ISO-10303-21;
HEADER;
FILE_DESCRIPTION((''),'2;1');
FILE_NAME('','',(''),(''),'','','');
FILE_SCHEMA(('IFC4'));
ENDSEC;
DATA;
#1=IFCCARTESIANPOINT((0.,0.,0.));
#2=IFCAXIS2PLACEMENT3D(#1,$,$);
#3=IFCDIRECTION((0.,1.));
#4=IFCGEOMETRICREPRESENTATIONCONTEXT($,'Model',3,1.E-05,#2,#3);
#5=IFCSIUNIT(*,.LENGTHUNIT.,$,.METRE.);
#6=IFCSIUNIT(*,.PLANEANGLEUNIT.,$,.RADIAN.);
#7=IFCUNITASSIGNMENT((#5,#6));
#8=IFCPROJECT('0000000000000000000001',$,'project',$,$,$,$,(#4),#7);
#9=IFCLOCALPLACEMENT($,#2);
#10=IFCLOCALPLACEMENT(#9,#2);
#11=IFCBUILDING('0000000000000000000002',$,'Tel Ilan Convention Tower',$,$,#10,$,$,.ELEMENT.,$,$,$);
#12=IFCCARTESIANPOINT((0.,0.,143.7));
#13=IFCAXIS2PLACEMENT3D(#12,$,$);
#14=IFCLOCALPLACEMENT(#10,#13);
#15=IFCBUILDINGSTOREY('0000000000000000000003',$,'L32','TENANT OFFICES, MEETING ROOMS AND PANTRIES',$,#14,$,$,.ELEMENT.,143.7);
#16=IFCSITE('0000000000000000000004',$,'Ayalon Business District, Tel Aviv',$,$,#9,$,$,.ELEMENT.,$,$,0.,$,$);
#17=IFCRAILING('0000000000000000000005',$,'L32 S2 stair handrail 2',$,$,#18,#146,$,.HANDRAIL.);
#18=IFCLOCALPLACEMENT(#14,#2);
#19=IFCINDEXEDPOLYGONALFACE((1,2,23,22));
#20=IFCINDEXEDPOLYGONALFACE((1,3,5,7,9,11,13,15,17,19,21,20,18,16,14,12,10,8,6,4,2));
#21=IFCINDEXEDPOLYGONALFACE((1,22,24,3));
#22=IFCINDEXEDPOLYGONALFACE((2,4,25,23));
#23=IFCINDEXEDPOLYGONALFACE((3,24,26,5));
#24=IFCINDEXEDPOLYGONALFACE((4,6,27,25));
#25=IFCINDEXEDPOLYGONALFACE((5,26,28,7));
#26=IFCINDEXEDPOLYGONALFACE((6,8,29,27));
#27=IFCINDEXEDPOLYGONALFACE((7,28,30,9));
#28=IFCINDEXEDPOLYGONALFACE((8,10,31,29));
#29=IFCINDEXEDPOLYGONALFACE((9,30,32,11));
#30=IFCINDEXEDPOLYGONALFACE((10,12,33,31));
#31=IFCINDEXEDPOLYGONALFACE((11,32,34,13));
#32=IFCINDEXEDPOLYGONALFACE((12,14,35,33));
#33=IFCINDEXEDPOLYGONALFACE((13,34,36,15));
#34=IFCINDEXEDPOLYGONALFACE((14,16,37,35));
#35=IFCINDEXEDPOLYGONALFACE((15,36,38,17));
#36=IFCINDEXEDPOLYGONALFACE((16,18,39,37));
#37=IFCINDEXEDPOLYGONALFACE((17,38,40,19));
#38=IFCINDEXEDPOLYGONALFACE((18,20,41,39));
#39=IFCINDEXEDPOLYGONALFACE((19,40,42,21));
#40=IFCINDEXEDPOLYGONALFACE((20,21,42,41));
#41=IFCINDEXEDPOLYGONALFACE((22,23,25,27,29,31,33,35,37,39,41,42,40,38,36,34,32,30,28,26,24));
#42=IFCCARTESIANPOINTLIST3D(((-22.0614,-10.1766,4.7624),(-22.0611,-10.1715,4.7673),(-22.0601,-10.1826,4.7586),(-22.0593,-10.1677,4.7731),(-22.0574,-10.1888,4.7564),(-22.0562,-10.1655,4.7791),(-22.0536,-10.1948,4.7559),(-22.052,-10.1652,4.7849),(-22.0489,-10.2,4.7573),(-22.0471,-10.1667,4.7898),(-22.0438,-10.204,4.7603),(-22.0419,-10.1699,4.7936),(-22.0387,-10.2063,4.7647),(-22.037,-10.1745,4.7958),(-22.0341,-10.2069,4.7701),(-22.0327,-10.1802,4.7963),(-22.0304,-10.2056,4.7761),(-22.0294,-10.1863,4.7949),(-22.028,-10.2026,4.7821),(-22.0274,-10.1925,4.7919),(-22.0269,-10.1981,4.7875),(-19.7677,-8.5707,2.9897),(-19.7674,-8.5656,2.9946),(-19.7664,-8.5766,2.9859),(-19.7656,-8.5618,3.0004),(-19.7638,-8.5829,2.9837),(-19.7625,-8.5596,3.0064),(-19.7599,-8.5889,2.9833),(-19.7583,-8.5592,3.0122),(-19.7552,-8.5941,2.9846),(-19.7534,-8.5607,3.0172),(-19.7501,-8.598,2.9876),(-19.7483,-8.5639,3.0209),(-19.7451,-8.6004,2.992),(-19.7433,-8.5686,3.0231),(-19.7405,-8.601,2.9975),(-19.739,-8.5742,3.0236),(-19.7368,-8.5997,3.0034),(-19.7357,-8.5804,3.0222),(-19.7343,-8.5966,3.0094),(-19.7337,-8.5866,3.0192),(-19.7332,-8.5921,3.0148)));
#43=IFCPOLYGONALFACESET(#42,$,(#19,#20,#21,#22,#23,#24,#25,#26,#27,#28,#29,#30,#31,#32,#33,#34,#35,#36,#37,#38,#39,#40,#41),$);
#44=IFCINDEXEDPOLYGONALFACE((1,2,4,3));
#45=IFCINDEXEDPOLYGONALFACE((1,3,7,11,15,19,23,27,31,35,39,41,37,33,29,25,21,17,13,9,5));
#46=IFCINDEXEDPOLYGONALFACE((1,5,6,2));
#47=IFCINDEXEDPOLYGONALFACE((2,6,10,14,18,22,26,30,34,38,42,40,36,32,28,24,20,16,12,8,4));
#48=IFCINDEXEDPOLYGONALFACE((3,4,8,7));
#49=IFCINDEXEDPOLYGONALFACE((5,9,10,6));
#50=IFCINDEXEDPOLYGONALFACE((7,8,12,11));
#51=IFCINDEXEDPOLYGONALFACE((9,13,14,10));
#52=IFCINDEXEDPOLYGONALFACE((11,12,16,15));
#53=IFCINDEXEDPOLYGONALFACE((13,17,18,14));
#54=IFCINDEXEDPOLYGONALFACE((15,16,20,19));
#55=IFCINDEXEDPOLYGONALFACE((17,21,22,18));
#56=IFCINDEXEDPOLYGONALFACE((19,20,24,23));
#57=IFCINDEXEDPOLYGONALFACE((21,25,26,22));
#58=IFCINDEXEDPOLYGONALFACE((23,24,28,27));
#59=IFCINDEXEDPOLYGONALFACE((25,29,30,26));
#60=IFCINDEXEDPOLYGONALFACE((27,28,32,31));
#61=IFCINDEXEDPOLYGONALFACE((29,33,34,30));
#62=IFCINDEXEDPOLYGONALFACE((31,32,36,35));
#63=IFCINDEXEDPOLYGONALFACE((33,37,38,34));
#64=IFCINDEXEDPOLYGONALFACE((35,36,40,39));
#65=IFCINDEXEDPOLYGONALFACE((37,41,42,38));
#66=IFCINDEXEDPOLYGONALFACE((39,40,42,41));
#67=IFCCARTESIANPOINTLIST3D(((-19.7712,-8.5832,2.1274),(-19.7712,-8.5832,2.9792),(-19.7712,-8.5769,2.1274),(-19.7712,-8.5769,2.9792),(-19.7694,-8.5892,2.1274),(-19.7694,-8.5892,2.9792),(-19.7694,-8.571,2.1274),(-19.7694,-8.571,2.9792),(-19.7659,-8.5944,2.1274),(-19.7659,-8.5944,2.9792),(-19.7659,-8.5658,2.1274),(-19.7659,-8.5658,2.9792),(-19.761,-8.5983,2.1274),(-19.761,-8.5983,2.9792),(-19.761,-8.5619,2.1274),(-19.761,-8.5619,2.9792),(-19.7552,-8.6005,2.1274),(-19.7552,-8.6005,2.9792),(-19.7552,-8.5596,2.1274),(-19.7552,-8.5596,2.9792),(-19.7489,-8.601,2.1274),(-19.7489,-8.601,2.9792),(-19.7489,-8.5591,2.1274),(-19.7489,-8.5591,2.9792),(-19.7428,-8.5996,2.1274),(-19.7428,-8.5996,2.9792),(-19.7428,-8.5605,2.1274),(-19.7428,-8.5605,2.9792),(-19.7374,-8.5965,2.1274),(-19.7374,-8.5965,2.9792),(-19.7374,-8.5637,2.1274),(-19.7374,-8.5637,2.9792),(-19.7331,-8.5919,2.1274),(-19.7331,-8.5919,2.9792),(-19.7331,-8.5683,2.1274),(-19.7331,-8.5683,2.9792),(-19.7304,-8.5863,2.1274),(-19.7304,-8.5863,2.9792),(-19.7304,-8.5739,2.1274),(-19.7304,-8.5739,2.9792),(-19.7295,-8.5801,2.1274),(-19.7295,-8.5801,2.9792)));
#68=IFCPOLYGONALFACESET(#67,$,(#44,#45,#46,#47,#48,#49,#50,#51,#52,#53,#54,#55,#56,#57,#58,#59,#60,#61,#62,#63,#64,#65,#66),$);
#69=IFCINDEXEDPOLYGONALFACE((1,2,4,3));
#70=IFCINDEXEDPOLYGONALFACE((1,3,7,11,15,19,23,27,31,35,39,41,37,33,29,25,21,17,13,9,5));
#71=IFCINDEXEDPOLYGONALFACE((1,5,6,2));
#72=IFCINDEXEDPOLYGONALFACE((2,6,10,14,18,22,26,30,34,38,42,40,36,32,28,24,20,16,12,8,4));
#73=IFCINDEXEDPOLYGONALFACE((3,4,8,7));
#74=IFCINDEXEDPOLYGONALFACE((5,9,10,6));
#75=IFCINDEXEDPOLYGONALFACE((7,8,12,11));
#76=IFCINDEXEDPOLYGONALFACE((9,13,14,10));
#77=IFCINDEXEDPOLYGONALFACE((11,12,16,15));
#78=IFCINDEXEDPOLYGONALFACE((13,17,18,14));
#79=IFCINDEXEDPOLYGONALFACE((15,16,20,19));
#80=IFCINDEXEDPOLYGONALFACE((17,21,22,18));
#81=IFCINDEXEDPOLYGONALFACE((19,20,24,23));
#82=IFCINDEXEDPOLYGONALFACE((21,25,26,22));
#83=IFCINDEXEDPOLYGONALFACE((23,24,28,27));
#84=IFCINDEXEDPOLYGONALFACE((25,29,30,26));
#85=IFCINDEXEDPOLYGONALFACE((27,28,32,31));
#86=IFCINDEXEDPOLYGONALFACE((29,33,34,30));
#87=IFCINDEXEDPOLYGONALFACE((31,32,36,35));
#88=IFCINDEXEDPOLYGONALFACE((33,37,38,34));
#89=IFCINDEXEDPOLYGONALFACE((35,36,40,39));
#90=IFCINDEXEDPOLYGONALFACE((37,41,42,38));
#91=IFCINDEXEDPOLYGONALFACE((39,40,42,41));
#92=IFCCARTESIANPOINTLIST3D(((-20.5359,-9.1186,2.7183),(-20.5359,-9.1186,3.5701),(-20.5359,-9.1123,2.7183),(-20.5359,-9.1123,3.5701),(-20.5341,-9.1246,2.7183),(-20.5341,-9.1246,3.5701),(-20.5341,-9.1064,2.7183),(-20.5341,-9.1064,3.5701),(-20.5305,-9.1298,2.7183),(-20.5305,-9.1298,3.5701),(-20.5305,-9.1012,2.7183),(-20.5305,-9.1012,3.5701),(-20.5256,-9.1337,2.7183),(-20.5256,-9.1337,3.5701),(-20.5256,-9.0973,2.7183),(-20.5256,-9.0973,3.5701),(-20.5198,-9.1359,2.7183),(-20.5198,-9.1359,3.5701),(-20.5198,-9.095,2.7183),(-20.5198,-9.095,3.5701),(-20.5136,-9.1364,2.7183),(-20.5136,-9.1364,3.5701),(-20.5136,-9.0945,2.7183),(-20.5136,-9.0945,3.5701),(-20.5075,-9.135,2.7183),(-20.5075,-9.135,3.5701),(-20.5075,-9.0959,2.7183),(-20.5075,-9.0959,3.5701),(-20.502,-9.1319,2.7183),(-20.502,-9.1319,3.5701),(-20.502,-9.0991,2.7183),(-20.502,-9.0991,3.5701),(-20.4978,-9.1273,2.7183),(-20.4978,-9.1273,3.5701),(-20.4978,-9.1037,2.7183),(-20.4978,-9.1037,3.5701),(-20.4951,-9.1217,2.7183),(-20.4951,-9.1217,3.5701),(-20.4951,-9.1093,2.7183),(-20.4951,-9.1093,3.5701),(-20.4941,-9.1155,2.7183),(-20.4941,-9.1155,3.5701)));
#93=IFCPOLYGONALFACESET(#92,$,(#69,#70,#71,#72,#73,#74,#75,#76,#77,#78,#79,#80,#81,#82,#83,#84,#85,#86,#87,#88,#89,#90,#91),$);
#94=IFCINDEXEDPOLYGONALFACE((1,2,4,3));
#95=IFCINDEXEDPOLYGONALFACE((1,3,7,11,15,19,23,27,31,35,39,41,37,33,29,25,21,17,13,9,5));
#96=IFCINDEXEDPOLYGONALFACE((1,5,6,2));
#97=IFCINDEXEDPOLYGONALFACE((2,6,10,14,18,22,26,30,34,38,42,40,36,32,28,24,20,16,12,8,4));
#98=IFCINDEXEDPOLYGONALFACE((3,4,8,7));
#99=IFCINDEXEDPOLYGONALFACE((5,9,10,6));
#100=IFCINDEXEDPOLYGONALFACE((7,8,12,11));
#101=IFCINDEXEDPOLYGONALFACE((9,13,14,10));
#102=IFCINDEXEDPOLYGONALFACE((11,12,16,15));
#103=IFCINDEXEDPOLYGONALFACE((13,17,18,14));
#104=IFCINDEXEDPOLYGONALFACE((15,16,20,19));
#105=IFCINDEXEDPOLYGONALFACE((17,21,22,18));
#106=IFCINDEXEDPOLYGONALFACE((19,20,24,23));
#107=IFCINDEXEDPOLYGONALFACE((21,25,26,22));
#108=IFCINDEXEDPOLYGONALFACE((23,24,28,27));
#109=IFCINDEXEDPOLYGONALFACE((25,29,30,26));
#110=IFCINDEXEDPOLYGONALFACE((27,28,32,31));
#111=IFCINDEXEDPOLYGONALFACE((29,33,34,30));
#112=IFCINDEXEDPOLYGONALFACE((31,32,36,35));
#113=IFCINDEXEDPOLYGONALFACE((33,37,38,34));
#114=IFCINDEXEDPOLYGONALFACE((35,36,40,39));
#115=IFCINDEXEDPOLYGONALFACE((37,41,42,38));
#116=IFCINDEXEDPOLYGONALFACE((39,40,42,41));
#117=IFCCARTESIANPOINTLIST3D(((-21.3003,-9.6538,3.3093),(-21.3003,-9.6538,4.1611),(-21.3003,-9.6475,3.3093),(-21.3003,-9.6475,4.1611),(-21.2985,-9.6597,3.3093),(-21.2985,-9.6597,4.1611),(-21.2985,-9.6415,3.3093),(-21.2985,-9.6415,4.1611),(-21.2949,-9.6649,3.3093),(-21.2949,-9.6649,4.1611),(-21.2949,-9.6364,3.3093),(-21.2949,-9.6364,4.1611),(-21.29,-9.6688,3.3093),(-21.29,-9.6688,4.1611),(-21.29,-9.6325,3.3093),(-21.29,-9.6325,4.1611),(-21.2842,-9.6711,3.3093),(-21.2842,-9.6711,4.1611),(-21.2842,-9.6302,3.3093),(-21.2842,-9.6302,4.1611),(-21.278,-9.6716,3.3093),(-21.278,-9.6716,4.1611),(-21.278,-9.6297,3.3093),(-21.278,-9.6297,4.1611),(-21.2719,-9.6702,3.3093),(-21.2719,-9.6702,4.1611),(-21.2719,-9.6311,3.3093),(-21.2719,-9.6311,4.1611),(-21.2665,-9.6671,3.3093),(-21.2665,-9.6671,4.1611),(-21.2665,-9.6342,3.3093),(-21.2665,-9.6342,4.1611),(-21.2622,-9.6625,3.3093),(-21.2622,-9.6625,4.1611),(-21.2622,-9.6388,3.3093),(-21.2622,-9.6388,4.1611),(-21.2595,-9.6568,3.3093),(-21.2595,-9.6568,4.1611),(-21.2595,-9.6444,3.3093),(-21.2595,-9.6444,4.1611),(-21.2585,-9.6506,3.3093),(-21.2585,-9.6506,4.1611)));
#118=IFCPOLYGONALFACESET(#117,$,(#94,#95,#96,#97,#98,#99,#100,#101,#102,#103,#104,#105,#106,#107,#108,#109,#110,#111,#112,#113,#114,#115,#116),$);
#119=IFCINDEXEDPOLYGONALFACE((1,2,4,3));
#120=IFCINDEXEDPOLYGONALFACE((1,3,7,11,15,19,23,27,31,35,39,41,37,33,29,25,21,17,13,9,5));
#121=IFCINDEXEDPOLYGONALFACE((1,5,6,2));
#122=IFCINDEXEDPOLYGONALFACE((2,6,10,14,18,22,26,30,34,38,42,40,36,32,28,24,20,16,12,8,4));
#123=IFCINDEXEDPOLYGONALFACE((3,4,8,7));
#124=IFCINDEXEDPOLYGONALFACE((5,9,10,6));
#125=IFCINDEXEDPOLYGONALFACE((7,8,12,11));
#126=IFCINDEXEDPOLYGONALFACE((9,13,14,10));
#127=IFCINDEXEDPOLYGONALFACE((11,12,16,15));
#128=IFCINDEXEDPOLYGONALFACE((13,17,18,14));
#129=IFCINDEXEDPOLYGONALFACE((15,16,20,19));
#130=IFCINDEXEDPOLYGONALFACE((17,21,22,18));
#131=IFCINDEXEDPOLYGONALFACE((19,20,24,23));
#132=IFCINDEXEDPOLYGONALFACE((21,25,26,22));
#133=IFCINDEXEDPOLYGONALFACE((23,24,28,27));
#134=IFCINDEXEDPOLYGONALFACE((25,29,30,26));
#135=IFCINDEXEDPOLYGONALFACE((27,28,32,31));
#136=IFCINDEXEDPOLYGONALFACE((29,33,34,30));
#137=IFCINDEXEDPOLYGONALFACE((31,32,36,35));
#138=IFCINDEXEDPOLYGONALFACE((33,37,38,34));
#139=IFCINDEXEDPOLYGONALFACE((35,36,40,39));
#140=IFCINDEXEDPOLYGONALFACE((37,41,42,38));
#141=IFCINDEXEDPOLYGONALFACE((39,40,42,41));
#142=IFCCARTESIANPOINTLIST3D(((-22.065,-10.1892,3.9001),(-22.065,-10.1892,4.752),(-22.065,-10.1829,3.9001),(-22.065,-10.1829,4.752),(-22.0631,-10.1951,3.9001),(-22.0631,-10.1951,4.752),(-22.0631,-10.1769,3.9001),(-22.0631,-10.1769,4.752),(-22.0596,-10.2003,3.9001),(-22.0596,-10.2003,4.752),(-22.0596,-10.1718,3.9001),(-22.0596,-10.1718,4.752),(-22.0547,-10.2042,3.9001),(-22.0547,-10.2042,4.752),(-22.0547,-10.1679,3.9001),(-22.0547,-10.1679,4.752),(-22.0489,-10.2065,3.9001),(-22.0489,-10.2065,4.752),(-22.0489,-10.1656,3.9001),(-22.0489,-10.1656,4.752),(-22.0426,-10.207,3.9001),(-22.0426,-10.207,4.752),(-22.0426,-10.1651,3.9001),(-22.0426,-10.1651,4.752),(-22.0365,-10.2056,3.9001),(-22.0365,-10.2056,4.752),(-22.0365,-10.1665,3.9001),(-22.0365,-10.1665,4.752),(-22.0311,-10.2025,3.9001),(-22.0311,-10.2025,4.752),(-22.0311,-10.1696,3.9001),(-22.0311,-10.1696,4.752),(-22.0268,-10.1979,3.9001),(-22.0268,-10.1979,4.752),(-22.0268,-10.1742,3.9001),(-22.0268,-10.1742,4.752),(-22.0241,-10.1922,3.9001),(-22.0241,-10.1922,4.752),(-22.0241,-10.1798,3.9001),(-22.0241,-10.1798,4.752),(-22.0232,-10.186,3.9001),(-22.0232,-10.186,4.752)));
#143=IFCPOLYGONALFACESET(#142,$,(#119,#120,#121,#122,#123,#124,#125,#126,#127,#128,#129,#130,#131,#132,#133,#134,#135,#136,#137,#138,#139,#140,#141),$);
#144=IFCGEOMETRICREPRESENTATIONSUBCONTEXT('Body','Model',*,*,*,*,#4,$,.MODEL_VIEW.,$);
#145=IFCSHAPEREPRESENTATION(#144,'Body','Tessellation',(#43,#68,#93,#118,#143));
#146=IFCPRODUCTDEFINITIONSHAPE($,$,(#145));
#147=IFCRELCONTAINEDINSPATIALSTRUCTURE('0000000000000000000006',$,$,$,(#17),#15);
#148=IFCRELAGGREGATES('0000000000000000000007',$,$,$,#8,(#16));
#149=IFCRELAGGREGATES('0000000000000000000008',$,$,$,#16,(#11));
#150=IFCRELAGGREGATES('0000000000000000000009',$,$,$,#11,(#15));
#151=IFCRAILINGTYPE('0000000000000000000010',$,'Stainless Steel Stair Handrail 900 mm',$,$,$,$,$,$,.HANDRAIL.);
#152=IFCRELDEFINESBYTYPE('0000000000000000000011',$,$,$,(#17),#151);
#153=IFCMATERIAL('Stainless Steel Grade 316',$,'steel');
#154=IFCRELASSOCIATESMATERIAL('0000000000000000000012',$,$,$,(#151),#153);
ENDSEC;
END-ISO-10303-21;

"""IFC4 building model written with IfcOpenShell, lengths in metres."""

from ifc_helpers import new_model, si_unit, direction, frame, origin, origin_2d, place, context, subcontext, project, spatial, circle, extrude, material, type_object, element, save


model = new_model("IFC4")

# Units and contexts
model_context = context("Model", 3, precision=1e-05, world=origin(), true_north=direction((0.0, 1.0)))
body_context = subcontext(model_context, "Body", "Model", "MODEL_VIEW")
ifc_project = project(units=[si_unit("LENGTHUNIT", "METRE"), si_unit("PLANEANGLEUNIT", "RADIAN")], contexts=[model_context])

# Site, building, storey
site_placement = place(None, origin())
site = spatial("IfcSite", under=ifc_project, at=site_placement, Name="Ayalon Business District, Tel Aviv", CompositionType="ELEMENT", RefElevation=0.0)
building_placement = place(site_placement, origin())
building = spatial("IfcBuilding", under=site, at=building_placement, Name="Tel Ilan Convention Tower", CompositionType="ELEMENT")
storey_placement = place(building_placement, frame((0.0, 0.0, 143.7)))
storey = spatial("IfcBuildingStorey", under=building, at=storey_placement, Name="L32", Description="TENANT OFFICES, MEETING ROOMS AND PANTRIES", CompositionType="ELEMENT", Elevation=143.7)

# Railing
ifc_material_1 = material(Name="Stainless Steel Grade 316", Category="steel")
railing_type_1 = type_object("IfcRailingType", Name="Stainless Steel Stair Handrail 900 mm", PredefinedType="HANDRAIL", material=ifc_material_1)
railing_1_placement = place(storey_placement, frame((-19.7505, -8.5801, 2.1274)))
element("IfcRailing", 1, at=railing_1_placement, inside=storey, type_object=railing_type_1, Name="L32 S2 stair handrail 2", PredefinedType="HANDRAIL", context=body_context, shape_type="SweptSolid", body=[
    extrude(circle(Radius=0.0239, at=origin_2d()), frame((0.0, 0.0, 0.876), z_axis=(-0.692123, -0.484597, 0.534913), x_axis=(0.57355, -0.81917, 0.0)), (0.0, 0.0, 1.0), 3.314),
    extrude(circle(Radius=0.021, at=origin_2d()), origin(), (0.0, 0.0, 1.0), 0.8518),
    extrude(circle(Radius=0.021, at=origin_2d()), frame((-0.7646, -0.5354, 0.5908)), (0.0, 0.0, 1.0), 0.8518),
    extrude(circle(Radius=0.021, at=origin_2d()), frame((-1.5291, -1.0706, 1.1819)), (0.0, 0.0, 1.0), 0.8518),
    extrude(circle(Radius=0.021, at=origin_2d()), frame((-2.2937, -1.606, 1.7727)), (0.0, 0.0, 1.0), 0.8518),
])

save(model, "model.ifc")
